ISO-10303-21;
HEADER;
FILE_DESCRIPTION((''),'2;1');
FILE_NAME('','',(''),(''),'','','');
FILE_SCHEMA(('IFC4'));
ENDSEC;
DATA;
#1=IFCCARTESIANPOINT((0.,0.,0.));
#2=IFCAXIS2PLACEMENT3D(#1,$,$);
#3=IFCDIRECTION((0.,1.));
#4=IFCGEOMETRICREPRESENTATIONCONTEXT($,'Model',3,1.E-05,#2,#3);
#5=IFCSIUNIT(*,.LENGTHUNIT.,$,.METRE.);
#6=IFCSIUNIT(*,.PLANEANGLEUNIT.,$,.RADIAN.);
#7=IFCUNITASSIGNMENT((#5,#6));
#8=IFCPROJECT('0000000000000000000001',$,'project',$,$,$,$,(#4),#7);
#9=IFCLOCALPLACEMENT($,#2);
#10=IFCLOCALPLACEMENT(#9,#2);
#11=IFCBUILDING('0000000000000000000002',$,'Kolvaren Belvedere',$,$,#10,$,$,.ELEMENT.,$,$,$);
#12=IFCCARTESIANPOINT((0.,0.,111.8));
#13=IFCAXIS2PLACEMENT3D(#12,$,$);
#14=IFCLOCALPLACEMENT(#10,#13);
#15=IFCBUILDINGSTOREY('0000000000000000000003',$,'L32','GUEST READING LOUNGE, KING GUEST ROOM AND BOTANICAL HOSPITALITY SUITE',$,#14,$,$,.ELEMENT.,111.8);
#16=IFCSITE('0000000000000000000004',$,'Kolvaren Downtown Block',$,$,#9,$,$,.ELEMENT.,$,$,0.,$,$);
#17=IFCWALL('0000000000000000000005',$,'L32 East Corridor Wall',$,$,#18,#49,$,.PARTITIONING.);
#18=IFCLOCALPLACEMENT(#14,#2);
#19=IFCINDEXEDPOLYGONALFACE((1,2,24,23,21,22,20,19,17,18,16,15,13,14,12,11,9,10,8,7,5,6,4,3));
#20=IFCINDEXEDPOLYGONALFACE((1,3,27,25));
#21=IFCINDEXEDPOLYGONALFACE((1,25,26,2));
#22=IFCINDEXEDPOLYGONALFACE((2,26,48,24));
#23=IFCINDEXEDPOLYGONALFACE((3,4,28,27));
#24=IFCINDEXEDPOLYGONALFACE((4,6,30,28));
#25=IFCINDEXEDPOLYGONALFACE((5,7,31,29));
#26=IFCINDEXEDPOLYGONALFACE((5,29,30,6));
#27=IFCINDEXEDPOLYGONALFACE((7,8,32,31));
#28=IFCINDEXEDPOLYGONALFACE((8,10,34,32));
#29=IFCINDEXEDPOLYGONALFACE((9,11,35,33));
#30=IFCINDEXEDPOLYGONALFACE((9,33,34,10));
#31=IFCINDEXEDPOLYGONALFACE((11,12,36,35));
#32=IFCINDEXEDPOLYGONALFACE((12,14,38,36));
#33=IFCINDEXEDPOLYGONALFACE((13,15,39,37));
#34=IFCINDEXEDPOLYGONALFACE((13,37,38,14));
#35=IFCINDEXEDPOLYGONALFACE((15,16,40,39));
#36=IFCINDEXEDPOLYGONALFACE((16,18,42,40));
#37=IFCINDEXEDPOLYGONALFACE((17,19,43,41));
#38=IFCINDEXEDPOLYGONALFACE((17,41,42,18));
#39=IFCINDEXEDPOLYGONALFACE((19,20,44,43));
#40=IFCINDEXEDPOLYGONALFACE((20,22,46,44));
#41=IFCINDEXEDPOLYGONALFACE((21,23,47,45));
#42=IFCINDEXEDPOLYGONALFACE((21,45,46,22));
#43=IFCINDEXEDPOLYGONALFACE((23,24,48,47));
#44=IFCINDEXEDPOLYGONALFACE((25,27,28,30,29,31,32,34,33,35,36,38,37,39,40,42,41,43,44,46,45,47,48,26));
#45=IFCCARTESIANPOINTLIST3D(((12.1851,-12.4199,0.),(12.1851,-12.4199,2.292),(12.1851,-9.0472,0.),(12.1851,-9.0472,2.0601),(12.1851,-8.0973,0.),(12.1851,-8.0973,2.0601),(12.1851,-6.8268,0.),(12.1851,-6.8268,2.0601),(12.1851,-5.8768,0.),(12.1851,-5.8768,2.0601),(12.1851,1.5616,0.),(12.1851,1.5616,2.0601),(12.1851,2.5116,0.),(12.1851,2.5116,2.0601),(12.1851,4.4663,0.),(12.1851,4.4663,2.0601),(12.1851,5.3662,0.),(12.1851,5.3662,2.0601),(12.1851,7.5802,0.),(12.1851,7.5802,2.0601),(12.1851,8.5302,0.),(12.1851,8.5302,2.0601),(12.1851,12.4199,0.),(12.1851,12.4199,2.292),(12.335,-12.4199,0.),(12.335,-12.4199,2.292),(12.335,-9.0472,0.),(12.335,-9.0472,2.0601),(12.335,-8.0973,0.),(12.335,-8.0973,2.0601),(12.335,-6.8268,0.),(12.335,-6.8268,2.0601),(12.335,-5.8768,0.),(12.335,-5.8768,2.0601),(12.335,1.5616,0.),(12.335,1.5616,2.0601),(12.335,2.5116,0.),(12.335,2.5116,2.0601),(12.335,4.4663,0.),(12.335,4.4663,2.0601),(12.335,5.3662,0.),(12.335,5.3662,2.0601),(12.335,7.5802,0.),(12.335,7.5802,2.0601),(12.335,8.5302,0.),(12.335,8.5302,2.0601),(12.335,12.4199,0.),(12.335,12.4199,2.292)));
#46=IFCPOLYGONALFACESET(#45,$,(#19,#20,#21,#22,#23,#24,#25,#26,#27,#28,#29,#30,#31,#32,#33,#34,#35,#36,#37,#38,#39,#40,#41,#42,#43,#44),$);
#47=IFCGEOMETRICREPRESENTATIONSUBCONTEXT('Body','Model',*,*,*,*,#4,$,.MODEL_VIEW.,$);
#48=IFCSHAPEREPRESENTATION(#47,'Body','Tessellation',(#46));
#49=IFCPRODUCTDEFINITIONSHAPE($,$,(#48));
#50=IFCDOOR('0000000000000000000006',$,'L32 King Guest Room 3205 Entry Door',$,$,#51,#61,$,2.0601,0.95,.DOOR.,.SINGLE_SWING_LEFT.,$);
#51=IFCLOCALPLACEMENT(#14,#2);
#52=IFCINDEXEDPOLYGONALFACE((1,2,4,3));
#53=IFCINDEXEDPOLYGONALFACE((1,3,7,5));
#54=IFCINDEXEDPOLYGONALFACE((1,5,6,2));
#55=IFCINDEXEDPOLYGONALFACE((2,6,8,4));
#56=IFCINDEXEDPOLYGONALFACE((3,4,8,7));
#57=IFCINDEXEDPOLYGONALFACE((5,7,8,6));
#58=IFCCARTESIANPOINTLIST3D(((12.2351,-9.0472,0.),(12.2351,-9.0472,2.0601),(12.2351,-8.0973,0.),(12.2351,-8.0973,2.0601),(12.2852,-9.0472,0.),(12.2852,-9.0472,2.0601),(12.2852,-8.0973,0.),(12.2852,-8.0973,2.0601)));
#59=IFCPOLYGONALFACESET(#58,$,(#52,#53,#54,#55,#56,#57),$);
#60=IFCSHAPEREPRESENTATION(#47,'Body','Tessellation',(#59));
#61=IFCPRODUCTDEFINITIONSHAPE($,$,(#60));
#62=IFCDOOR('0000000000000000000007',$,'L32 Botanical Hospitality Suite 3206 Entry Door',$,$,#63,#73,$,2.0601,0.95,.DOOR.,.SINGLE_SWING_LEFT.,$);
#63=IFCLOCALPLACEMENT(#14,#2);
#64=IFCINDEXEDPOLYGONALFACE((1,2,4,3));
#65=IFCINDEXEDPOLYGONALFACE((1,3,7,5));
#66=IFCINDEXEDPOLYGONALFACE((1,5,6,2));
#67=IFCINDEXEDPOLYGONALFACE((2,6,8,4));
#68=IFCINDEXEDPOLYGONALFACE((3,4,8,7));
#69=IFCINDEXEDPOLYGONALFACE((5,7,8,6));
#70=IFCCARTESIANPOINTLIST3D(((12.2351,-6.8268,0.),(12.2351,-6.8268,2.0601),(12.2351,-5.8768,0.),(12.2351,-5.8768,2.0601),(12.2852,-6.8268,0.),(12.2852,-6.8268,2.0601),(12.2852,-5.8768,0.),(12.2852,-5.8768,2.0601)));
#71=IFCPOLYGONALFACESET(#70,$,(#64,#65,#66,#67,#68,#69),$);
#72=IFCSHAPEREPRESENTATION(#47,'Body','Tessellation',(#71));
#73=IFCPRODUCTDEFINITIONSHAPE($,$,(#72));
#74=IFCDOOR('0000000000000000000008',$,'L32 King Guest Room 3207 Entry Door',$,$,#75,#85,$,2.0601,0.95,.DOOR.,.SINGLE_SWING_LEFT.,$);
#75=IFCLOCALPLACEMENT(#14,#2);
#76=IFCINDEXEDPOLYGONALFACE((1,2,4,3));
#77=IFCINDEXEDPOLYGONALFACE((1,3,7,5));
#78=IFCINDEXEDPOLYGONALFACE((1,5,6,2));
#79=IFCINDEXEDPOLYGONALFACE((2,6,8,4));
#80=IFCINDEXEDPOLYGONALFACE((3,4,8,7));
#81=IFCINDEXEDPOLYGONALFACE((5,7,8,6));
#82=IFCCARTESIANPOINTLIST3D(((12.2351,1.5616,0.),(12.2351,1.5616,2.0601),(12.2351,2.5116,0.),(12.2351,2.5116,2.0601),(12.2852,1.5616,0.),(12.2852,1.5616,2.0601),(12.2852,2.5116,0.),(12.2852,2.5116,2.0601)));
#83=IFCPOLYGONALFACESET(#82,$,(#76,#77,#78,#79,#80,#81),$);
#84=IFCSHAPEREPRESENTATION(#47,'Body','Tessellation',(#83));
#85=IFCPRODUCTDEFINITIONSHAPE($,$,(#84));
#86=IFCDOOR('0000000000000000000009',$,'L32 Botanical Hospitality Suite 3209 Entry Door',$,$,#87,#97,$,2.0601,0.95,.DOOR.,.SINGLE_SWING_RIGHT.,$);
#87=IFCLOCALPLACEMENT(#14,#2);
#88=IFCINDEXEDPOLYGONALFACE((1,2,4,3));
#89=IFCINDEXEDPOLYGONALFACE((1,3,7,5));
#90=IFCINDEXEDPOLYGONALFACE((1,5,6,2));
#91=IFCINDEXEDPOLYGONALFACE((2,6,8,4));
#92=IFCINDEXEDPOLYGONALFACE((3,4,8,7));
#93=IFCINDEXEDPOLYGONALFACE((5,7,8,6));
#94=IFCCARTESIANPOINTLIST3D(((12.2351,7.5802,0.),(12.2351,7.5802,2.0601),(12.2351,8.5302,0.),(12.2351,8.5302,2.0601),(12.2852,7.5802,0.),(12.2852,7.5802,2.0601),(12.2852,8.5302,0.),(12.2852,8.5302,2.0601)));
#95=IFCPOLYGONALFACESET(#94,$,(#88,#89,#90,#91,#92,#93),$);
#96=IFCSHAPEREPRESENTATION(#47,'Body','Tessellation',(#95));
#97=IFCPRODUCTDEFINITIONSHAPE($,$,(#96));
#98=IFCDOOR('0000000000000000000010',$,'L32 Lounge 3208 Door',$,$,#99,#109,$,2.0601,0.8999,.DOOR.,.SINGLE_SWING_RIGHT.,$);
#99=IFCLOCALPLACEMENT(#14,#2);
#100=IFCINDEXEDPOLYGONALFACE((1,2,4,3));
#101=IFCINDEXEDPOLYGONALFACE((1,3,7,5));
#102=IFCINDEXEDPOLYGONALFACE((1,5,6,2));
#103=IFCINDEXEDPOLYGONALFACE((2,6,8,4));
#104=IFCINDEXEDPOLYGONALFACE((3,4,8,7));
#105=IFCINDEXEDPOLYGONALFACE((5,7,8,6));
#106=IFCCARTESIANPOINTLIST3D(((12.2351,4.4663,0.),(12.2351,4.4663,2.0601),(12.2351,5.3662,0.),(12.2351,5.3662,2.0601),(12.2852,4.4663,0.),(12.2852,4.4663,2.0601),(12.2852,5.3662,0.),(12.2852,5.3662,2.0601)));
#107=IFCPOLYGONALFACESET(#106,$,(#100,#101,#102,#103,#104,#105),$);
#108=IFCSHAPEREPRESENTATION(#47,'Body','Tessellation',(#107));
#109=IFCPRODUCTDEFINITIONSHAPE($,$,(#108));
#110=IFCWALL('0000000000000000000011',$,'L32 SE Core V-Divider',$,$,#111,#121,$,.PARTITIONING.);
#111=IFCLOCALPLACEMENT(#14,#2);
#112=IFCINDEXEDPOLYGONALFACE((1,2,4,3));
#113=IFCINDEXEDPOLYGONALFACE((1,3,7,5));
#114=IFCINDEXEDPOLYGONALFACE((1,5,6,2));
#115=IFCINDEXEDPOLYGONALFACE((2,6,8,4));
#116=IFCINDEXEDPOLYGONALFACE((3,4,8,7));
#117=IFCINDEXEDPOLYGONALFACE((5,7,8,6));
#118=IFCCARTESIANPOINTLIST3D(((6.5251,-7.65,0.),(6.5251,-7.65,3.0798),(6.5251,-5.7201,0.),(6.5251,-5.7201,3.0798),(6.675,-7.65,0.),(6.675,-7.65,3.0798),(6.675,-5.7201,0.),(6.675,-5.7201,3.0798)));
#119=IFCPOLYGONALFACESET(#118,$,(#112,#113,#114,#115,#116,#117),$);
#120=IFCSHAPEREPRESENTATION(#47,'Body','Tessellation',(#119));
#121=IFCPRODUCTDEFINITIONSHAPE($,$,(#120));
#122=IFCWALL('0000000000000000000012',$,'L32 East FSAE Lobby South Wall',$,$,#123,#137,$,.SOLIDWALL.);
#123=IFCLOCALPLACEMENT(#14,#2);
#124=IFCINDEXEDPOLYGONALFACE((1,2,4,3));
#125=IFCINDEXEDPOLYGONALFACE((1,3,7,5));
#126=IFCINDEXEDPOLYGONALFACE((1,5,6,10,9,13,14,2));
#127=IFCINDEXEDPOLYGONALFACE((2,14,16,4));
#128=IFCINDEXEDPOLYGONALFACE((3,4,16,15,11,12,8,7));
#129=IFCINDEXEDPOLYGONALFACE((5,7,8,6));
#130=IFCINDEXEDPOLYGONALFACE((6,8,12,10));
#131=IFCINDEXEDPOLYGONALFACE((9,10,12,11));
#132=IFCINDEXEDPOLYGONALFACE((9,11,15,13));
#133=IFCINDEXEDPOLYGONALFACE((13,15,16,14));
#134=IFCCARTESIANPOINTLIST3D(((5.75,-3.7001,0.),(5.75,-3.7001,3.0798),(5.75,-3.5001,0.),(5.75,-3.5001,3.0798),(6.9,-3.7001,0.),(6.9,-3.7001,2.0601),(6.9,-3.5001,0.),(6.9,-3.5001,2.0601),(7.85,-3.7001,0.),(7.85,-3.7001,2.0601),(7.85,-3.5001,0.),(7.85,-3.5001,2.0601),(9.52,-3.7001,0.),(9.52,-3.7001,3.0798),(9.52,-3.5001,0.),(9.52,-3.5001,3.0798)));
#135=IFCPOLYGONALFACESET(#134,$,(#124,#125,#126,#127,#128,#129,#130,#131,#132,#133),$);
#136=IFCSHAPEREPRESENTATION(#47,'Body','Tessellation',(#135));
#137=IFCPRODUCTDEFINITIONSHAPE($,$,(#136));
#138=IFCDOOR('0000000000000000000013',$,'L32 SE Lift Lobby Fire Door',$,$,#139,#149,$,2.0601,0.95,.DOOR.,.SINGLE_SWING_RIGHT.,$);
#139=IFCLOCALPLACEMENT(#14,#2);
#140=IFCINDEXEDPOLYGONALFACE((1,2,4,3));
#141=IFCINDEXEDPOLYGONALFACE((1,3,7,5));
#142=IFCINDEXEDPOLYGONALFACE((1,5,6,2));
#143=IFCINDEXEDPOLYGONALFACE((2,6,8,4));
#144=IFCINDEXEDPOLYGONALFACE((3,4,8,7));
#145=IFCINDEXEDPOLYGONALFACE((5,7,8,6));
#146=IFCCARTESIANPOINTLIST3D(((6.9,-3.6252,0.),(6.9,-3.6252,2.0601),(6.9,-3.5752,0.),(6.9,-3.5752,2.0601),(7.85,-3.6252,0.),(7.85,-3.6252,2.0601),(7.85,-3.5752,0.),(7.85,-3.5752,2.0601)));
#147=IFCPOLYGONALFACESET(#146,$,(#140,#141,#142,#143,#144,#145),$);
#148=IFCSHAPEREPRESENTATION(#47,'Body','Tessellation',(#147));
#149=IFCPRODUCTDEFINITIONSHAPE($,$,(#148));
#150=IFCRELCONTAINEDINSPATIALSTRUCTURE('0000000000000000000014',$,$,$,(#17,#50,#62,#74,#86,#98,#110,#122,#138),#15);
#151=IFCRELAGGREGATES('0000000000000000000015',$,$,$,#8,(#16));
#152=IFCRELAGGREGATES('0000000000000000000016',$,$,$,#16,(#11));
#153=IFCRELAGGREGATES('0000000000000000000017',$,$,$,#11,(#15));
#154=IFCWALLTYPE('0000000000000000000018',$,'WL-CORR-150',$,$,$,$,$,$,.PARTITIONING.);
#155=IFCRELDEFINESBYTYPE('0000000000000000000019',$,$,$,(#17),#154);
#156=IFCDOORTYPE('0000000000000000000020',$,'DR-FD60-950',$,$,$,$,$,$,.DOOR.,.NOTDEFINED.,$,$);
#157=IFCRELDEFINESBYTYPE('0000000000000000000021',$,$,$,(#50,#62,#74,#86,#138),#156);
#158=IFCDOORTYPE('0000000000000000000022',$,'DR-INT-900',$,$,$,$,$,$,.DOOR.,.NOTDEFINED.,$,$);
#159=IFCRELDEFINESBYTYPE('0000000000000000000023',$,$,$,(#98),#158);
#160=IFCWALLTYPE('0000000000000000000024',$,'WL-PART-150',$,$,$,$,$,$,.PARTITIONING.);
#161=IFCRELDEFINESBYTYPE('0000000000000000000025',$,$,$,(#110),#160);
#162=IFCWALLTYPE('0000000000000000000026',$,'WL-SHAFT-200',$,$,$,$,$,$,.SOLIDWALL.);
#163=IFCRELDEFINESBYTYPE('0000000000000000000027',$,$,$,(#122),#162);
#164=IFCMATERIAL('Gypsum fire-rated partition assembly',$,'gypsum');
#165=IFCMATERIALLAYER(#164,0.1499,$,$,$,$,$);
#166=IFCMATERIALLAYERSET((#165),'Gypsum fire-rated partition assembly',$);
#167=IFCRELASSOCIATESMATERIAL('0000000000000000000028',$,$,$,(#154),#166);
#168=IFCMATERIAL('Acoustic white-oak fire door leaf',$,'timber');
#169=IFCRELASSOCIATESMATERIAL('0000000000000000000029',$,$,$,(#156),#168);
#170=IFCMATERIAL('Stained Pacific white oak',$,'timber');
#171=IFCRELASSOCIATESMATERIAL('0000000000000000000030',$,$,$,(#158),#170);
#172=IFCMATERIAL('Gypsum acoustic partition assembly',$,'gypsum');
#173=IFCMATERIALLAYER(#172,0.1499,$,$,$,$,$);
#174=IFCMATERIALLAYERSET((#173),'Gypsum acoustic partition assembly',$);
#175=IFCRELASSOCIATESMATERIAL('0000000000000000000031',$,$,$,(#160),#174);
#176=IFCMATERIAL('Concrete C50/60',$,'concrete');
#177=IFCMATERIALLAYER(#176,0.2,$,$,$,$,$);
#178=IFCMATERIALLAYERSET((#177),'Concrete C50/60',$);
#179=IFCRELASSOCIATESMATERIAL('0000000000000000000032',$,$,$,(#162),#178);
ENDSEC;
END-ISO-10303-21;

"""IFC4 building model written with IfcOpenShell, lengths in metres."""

from ifc_helpers import new_model, si_unit, direction, frame, frame_2d, origin, place, context, subcontext, project, spatial, rectangle, extrude, material, layer, layer_set, type_object, element, fill, save


model = new_model("IFC4")

# Units and contexts
model_context = context("Model", 3, precision=1e-05, world=origin(), true_north=direction((0.0, 1.0)))
body_context = subcontext(model_context, "Body", "Model", "MODEL_VIEW")
ifc_project = project(units=[si_unit("LENGTHUNIT", "METRE"), si_unit("PLANEANGLEUNIT", "RADIAN")], contexts=[model_context])

# Site, building, storey
site_placement = place(None, origin())
site = spatial("IfcSite", under=ifc_project, at=site_placement, Name="Kolvaren Downtown Block", CompositionType="ELEMENT", RefElevation=0.0)
building_placement = place(site_placement, origin())
building = spatial("IfcBuilding", under=site, at=building_placement, Name="Kolvaren Belvedere", CompositionType="ELEMENT")
storey_placement = place(building_placement, frame((0.0, 0.0, 111.8)))
storey = spatial("IfcBuildingStorey", under=building, at=storey_placement, Name="L32", Description="GUEST READING LOUNGE, KING GUEST ROOM AND BOTANICAL HOSPITALITY SUITE", CompositionType="ELEMENT", Elevation=111.8)

# Wall, openings, doors
ifc_material_1 = material(Name="Gypsum fire-rated partition assembly", Category="gypsum")
ifc_layer_1 = layer(ifc_material_1, 0.1499)
ifc_layer_set_1 = layer_set([ifc_layer_1], Name="Gypsum fire-rated partition assembly")
wall_type_1 = type_object("IfcWallType", Name="WL-CORR-150", PredefinedType="PARTITIONING", material=ifc_layer_set_1)
wall_1_placement = place(storey_placement, frame((12.26, -12.4199, 0.0), z_axis=(0.0, 0.0, 1.0), x_axis=(0.0, 1.0, 0.0)))
wall_1 = element("IfcWall", 1, at=wall_1_placement, inside=storey, type_object=wall_type_1, Name="L32 East Corridor Wall", PredefinedType="PARTITIONING", context=body_context, shape_type="SweptSolid", body=[
    extrude(rectangle(XDim=24.8398, YDim=0.1499, at=frame_2d((12.4199, 0.0))), origin(), (0.0, 0.0, 1.0), 2.292),
])
opening_1_placement = place(wall_1_placement, frame((3.3726, 0.0, 0.0)))
opening_1 = element("IfcOpeningElement", 2, at=opening_1_placement, cuts=wall_1, PredefinedType="OPENING", context=body_context, shape_type="SweptSolid", body=[
    extrude(rectangle(XDim=0.95, YDim=2.0601, at=frame_2d((0.4751, 1.03))), frame((0.0, 0.085, 0.0), z_axis=(0.0, -1.0, 0.0), x_axis=(1.0, 0.0, 0.0)), (0.0, 0.0, 1.0), 0.1699),
])
opening_2_placement = place(wall_1_placement, frame((5.593, 0.0, 0.0)))
opening_2 = element("IfcOpeningElement", 3, at=opening_2_placement, cuts=wall_1, PredefinedType="OPENING", context=body_context, shape_type="SweptSolid", body=[
    extrude(rectangle(XDim=0.95, YDim=2.0601, at=frame_2d((0.4751, 1.03))), frame((0.0, 0.085, 0.0), z_axis=(0.0, -1.0, 0.0), x_axis=(1.0, 0.0, 0.0)), (0.0, 0.0, 1.0), 0.1699),
])
opening_3_placement = place(wall_1_placement, frame((13.9814, 0.0, 0.0)))
opening_3 = element("IfcOpeningElement", 4, at=opening_3_placement, cuts=wall_1, PredefinedType="OPENING", context=body_context, shape_type="SweptSolid", body=[
    extrude(rectangle(XDim=0.95, YDim=2.0601, at=frame_2d((0.4751, 1.03))), frame((0.0, 0.085, 0.0), z_axis=(0.0, -1.0, 0.0), x_axis=(1.0, 0.0, 0.0)), (0.0, 0.0, 1.0), 0.1699),
])
opening_4_placement = place(wall_1_placement, frame((16.8862, 0.0, 0.0)))
opening_4 = element("IfcOpeningElement", 5, at=opening_4_placement, cuts=wall_1, PredefinedType="OPENING", context=body_context, shape_type="SweptSolid", body=[
    extrude(rectangle(XDim=0.8999, YDim=2.0601, at=frame_2d((0.45, 1.03))), frame((0.0, 0.085, 0.0), z_axis=(0.0, -1.0, 0.0), x_axis=(1.0, 0.0, 0.0)), (0.0, 0.0, 1.0), 0.1699),
])
opening_5_placement = place(wall_1_placement, frame((20.0, 0.0, 0.0)))
opening_5 = element("IfcOpeningElement", 6, at=opening_5_placement, cuts=wall_1, PredefinedType="OPENING", context=body_context, shape_type="SweptSolid", body=[
    extrude(rectangle(XDim=0.95, YDim=2.0601, at=frame_2d((0.4751, 1.03))), frame((0.0, 0.085, 0.0), z_axis=(0.0, -1.0, 0.0), x_axis=(1.0, 0.0, 0.0)), (0.0, 0.0, 1.0), 0.1699),
])
ifc_material_2 = material(Name="Acoustic white-oak fire door leaf", Category="timber")
door_type_1 = type_object("IfcDoorType", Name="DR-FD60-950", OperationType="NOTDEFINED", PredefinedType="DOOR", material=ifc_material_2)
door_1_placement = place(opening_1_placement, origin())
door_1 = element("IfcDoor", 7, at=door_1_placement, inside=storey, type_object=door_type_1, Name="L32 King Guest Room 3205 Entry Door", OperationType="SINGLE_SWING_LEFT", OverallHeight=2.0601, OverallWidth=0.95, PredefinedType="DOOR", context=body_context, shape_type="SweptSolid", body=[
    extrude(rectangle(XDim=0.95, YDim=2.0601, at=frame_2d((0.4751, 1.03))), frame((0.0, 0.0249, 0.0), z_axis=(0.0, -1.0, 0.0), x_axis=(1.0, 0.0, 0.0)), (0.0, 0.0, 1.0), 0.05),
])
fill(opening_1, door_1)
door_2_placement = place(opening_2_placement, origin())
door_2 = element("IfcDoor", 8, at=door_2_placement, inside=storey, type_object=door_type_1, Name="L32 Botanical Hospitality Suite 3206 Entry Door", OperationType="SINGLE_SWING_LEFT", OverallHeight=2.0601, OverallWidth=0.95, PredefinedType="DOOR", context=body_context, shape_type="SweptSolid", body=[
    extrude(rectangle(XDim=0.95, YDim=2.0601, at=frame_2d((0.4751, 1.03))), frame((0.0, 0.0249, 0.0), z_axis=(0.0, -1.0, 0.0), x_axis=(1.0, 0.0, 0.0)), (0.0, 0.0, 1.0), 0.05),
])
fill(opening_2, door_2)
door_3_placement = place(opening_3_placement, origin())
door_3 = element("IfcDoor", 9, at=door_3_placement, inside=storey, type_object=door_type_1, Name="L32 King Guest Room 3207 Entry Door", OperationType="SINGLE_SWING_LEFT", OverallHeight=2.0601, OverallWidth=0.95, PredefinedType="DOOR", context=body_context, shape_type="SweptSolid", body=[
    extrude(rectangle(XDim=0.95, YDim=2.0601, at=frame_2d((0.4751, 1.03))), frame((0.0, 0.0249, 0.0), z_axis=(0.0, -1.0, 0.0), x_axis=(1.0, 0.0, 0.0)), (0.0, 0.0, 1.0), 0.05),
])
fill(opening_3, door_3)
door_4_placement = place(opening_5_placement, origin())
door_4 = element("IfcDoor", 10, at=door_4_placement, inside=storey, type_object=door_type_1, Name="L32 Botanical Hospitality Suite 3209 Entry Door", OperationType="SINGLE_SWING_RIGHT", OverallHeight=2.0601, OverallWidth=0.95, PredefinedType="DOOR", context=body_context, shape_type="SweptSolid", body=[
    extrude(rectangle(XDim=0.95, YDim=2.0601, at=frame_2d((0.4751, 1.03))), frame((0.0, 0.0249, 0.0), z_axis=(0.0, -1.0, 0.0), x_axis=(1.0, 0.0, 0.0)), (0.0, 0.0, 1.0), 0.05),
])
fill(opening_5, door_4)
ifc_material_3 = material(Name="Stained Pacific white oak", Category="timber")
door_type_2 = type_object("IfcDoorType", Name="DR-INT-900", OperationType="NOTDEFINED", PredefinedType="DOOR", material=ifc_material_3)
door_5_placement = place(opening_4_placement, origin())
door_5 = element("IfcDoor", 11, at=door_5_placement, inside=storey, type_object=door_type_2, Name="L32 Lounge 3208 Door", OperationType="SINGLE_SWING_RIGHT", OverallHeight=2.0601, OverallWidth=0.8999, PredefinedType="DOOR", context=body_context, shape_type="SweptSolid", body=[
    extrude(rectangle(XDim=0.8999, YDim=2.0601, at=frame_2d((0.45, 1.03))), frame((0.0, 0.0249, 0.0), z_axis=(0.0, -1.0, 0.0), x_axis=(1.0, 0.0, 0.0)), (0.0, 0.0, 1.0), 0.05),
])
fill(opening_4, door_5)

# Wall
ifc_material_4 = material(Name="Gypsum acoustic partition assembly", Category="gypsum")
ifc_layer_2 = layer(ifc_material_4, 0.1499)
ifc_layer_set_2 = layer_set([ifc_layer_2], Name="Gypsum acoustic partition assembly")
wall_type_2 = type_object("IfcWallType", Name="WL-PART-150", PredefinedType="PARTITIONING", material=ifc_layer_set_2)
wall_2_placement = place(storey_placement, frame((6.6001, -7.6499, 0.0), z_axis=(0.0, 0.0, 1.0), x_axis=(0.0, 1.0, 0.0)))
element("IfcWall", 12, at=wall_2_placement, inside=storey, type_object=wall_type_2, Name="L32 SE Core V-Divider", PredefinedType="PARTITIONING", context=body_context, shape_type="SweptSolid", body=[
    extrude(rectangle(XDim=1.9299, YDim=0.1499, at=frame_2d((0.9648, 0.0))), origin(), (0.0, 0.0, 1.0), 3.0798),
])

# Wall, opening, door
ifc_material_5 = material(Name="Concrete C50/60", Category="concrete")
ifc_layer_3 = layer(ifc_material_5, 0.2)
ifc_layer_set_3 = layer_set([ifc_layer_3], Name="Concrete C50/60")
wall_type_3 = type_object("IfcWallType", Name="WL-SHAFT-200", PredefinedType="SOLIDWALL", material=ifc_layer_set_3)
wall_3_placement = place(storey_placement, frame((5.75, -3.6001, 0.0), z_axis=(0.0, 0.0, 1.0), x_axis=(1.0, 0.0, 0.0)))
wall_3 = element("IfcWall", 13, at=wall_3_placement, inside=storey, type_object=wall_type_3, Name="L32 East FSAE Lobby South Wall", PredefinedType="SOLIDWALL", context=body_context, shape_type="SweptSolid", body=[
    extrude(rectangle(XDim=3.77, YDim=0.2, at=frame_2d((1.885, 0.0))), origin(), (0.0, 0.0, 1.0), 3.0798),
])
opening_6_placement = place(wall_3_placement, frame((1.1499, 0.0, 0.0)))
opening_6 = element("IfcOpeningElement", 14, at=opening_6_placement, cuts=wall_3, PredefinedType="OPENING", context=body_context, shape_type="SweptSolid", body=[
    extrude(rectangle(XDim=0.95, YDim=2.0601, at=frame_2d((0.4751, 1.03))), frame((0.0, 0.1099, 0.0), z_axis=(0.0, -1.0, 0.0), x_axis=(1.0, 0.0, 0.0)), (0.0, 0.0, 1.0), 0.22),
])
door_6_placement = place(opening_6_placement, origin())
door_6 = element("IfcDoor", 15, at=door_6_placement, inside=storey, type_object=door_type_1, Name="L32 SE Lift Lobby Fire Door", OperationType="SINGLE_SWING_RIGHT", OverallHeight=2.0601, OverallWidth=0.95, PredefinedType="DOOR", context=body_context, shape_type="SweptSolid", body=[
    extrude(rectangle(XDim=0.95, YDim=2.0601, at=frame_2d((0.4751, 1.03))), frame((0.0, 0.0249, 0.0), z_axis=(0.0, -1.0, 0.0), x_axis=(1.0, 0.0, 0.0)), (0.0, 0.0, 1.0), 0.05),
])
fill(opening_6, door_6)

save(model, "model.ifc")
